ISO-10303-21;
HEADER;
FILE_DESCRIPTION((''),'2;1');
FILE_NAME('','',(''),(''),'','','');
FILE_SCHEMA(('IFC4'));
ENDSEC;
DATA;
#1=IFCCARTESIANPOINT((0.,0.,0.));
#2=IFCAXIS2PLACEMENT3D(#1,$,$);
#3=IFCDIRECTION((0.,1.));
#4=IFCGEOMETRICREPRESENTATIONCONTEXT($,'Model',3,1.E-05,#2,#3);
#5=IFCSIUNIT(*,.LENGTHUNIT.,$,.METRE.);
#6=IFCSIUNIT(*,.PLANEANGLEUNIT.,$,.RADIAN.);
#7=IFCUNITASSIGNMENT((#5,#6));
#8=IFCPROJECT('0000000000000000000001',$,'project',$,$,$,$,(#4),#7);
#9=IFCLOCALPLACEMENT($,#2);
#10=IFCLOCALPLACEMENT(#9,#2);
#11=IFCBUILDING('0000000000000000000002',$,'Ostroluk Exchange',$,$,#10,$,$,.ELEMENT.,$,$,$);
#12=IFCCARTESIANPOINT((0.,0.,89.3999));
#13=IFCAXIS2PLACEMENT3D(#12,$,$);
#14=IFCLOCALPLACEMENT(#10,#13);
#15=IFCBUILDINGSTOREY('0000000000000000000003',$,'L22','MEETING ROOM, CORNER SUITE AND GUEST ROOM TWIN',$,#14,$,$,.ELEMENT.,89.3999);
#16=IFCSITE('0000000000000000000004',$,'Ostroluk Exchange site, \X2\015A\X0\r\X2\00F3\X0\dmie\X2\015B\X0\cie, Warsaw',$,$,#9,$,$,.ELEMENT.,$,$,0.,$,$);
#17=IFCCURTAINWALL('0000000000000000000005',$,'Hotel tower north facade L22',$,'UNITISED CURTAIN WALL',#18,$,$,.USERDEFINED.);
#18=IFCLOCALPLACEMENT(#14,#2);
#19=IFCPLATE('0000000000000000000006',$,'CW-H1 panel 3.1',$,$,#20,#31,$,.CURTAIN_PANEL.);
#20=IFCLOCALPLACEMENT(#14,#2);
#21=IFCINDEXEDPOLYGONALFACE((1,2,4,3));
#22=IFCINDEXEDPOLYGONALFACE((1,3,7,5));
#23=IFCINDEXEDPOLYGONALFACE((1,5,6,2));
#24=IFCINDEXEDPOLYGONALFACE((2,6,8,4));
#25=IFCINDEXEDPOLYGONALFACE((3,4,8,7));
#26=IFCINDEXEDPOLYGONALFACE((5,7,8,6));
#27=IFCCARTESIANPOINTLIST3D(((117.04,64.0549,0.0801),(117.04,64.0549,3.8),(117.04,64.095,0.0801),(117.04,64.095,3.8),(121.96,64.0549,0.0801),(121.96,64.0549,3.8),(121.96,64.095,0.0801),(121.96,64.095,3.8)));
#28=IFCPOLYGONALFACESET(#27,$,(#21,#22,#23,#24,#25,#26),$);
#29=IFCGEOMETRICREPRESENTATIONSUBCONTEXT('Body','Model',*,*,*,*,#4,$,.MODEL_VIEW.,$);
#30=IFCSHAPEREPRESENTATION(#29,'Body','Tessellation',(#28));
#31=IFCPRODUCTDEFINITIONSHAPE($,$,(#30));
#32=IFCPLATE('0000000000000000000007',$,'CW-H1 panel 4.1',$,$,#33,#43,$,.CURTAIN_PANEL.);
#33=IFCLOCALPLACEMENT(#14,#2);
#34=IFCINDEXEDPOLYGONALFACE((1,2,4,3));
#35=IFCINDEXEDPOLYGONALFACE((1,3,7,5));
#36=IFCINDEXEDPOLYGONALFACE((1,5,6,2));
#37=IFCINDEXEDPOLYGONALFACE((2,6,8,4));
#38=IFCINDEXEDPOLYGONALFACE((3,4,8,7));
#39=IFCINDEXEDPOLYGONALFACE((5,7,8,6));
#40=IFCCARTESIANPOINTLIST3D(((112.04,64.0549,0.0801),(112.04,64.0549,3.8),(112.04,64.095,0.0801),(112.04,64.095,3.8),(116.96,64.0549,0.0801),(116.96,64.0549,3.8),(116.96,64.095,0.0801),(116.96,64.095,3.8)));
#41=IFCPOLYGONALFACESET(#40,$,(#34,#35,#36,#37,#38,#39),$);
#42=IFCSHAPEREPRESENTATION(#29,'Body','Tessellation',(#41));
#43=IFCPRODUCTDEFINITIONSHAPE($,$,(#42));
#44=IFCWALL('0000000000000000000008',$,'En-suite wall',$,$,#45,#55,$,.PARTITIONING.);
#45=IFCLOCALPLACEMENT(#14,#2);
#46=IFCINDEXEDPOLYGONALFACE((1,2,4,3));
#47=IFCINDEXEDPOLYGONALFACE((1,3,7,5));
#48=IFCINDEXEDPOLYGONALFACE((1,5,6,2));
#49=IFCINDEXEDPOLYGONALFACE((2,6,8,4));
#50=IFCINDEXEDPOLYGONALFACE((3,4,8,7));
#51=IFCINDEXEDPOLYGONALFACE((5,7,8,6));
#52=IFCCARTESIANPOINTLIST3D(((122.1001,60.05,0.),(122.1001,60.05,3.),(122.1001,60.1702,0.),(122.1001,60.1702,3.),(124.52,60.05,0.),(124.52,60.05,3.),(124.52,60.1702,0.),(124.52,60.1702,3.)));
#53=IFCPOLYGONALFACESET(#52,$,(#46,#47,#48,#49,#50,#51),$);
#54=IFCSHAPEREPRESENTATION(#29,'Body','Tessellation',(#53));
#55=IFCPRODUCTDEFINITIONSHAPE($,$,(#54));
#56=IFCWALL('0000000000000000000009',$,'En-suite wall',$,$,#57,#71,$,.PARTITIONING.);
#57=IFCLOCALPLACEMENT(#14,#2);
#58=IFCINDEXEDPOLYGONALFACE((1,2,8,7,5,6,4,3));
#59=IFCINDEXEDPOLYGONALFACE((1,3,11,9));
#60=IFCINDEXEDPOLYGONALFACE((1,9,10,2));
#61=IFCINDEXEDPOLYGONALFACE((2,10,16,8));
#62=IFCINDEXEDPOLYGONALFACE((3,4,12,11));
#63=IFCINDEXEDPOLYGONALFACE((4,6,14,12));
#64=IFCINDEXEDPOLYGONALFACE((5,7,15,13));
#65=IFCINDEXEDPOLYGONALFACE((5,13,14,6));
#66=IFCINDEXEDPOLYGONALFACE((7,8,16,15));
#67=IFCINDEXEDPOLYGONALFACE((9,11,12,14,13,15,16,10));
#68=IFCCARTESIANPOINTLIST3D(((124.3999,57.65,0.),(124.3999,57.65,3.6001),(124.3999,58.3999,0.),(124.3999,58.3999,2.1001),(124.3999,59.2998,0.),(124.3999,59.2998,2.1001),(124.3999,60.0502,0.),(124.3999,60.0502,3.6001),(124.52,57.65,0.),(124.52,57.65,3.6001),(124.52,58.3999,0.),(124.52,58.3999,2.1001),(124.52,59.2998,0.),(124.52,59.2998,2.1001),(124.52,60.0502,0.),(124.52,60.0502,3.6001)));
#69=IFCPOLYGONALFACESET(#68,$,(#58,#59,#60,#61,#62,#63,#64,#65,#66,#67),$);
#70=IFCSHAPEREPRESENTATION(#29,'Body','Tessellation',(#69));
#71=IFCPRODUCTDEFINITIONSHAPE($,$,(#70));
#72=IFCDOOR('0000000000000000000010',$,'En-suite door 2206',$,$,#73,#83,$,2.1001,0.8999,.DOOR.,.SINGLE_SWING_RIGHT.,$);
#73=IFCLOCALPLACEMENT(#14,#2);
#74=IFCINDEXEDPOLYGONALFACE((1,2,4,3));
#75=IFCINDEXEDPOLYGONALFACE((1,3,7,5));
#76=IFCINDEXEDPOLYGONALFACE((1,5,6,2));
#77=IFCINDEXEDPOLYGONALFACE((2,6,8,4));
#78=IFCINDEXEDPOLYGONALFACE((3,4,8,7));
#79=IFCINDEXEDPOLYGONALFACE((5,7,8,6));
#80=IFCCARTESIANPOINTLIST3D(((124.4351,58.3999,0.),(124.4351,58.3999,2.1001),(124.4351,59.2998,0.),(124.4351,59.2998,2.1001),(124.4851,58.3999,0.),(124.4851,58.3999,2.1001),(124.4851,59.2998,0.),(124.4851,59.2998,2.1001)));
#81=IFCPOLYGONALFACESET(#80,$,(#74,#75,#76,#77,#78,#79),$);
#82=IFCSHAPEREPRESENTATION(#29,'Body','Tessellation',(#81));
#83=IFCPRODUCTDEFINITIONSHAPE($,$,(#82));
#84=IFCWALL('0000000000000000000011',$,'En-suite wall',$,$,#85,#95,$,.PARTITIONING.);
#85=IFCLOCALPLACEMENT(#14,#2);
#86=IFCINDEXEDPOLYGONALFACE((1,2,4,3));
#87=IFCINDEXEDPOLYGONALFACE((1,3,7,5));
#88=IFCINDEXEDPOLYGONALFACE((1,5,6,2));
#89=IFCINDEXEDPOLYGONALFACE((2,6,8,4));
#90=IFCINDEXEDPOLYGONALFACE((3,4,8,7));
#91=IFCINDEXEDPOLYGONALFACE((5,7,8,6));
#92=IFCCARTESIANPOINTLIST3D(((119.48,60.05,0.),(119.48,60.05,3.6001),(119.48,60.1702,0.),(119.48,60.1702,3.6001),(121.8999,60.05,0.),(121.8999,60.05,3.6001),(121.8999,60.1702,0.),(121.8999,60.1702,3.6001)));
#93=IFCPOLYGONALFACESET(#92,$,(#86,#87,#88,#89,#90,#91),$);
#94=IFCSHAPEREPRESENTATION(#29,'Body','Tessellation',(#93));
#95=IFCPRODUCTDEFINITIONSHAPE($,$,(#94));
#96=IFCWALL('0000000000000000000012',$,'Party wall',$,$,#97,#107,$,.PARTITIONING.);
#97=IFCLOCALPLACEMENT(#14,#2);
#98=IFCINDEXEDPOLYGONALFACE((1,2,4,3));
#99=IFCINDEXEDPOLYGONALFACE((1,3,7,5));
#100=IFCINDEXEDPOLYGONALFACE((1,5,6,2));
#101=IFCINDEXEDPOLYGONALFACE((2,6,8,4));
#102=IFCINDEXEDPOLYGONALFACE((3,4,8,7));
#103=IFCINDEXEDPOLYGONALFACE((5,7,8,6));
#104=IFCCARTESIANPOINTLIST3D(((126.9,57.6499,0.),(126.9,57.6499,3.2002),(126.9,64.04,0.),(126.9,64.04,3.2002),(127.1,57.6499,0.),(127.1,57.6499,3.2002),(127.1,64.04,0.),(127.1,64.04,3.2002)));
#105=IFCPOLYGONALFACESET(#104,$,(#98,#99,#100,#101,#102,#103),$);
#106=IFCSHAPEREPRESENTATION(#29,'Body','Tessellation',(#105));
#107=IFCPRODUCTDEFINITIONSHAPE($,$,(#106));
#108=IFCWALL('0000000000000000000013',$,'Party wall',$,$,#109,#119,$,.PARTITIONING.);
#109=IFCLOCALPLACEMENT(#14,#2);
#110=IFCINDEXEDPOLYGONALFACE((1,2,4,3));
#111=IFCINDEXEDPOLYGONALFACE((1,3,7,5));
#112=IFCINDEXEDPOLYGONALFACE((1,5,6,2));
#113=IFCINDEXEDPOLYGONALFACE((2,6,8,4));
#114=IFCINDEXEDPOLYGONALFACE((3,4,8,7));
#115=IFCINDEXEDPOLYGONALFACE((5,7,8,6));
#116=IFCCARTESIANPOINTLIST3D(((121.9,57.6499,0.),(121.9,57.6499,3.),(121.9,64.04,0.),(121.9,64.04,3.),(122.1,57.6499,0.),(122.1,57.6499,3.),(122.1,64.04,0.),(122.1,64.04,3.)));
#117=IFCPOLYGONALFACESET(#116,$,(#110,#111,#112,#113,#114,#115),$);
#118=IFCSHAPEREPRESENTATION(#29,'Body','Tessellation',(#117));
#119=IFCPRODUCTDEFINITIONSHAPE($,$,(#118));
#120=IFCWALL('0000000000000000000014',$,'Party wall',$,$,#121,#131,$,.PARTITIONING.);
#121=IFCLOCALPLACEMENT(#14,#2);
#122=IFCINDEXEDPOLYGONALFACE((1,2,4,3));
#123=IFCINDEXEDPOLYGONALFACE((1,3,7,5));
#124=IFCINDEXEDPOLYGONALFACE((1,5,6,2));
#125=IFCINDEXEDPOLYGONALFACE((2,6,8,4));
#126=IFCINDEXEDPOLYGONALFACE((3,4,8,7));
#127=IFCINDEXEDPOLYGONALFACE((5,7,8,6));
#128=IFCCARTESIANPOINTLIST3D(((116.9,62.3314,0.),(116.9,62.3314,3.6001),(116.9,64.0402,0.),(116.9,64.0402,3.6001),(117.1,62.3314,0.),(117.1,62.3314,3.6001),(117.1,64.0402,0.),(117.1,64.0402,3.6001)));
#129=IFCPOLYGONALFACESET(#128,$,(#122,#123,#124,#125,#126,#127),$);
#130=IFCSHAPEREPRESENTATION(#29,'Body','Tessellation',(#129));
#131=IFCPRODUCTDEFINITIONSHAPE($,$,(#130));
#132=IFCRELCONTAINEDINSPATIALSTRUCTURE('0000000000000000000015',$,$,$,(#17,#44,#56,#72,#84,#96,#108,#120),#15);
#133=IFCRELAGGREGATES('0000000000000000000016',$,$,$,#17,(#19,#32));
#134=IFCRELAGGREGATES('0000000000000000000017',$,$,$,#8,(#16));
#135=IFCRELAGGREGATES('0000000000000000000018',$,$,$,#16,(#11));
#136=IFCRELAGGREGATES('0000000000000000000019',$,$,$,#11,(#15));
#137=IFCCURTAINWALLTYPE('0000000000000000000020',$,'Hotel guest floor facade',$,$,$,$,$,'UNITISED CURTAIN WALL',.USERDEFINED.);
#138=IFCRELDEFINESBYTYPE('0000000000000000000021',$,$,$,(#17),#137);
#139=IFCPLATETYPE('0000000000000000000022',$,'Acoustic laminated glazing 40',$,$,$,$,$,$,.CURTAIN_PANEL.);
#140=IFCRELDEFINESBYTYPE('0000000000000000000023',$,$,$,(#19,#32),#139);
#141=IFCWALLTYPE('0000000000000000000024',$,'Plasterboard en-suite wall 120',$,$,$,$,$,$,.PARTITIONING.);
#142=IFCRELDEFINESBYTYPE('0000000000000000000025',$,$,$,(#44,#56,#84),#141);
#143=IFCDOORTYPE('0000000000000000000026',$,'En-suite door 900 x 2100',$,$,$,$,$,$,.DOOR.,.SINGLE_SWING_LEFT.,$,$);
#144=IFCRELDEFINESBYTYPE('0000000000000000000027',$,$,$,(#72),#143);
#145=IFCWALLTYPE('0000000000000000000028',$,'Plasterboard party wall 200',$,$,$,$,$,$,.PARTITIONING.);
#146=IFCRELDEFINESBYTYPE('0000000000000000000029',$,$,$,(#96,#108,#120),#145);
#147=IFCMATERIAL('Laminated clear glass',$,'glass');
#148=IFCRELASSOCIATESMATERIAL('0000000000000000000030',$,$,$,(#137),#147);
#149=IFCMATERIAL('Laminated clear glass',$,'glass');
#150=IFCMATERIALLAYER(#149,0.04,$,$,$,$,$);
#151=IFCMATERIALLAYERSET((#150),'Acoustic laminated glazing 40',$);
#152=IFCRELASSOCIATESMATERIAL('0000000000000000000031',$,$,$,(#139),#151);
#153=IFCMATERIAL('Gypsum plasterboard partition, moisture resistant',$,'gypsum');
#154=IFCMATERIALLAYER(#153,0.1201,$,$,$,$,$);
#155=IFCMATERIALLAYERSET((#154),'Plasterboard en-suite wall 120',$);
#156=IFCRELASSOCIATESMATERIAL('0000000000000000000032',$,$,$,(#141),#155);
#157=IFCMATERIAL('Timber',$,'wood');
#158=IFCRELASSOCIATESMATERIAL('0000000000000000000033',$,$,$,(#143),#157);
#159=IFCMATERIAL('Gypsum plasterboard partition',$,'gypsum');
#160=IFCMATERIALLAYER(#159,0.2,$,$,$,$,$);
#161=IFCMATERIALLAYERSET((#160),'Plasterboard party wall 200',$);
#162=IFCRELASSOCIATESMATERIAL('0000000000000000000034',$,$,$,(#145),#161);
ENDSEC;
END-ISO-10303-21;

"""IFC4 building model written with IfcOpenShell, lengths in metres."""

from ifc_helpers import new_model, si_unit, direction, frame, frame_2d, origin, origin_2d, place, context, subcontext, project, spatial, rectangle, extrude, material, layer, layer_set, type_object, element, fill, aggregate, save


model = new_model("IFC4")

# Units and contexts
model_context = context("Model", 3, precision=1e-05, world=origin(), true_north=direction((0.0, 1.0)))
body_context = subcontext(model_context, "Body", "Model", "MODEL_VIEW")
ifc_project = project(units=[si_unit("LENGTHUNIT", "METRE"), si_unit("PLANEANGLEUNIT", "RADIAN")], contexts=[model_context])

# Site, building, storey
site_placement = place(None, origin())
site = spatial("IfcSite", under=ifc_project, at=site_placement, Name="Ostroluk Exchange site, Śródmieście, Warsaw", CompositionType="ELEMENT", RefElevation=0.0)
building_placement = place(site_placement, origin())
building = spatial("IfcBuilding", under=site, at=building_placement, Name="Ostroluk Exchange", CompositionType="ELEMENT")
storey_placement = place(building_placement, frame((0.0, 0.0, 89.3999)))
storey = spatial("IfcBuildingStorey", under=building, at=storey_placement, Name="L22", Description="MEETING ROOM, CORNER SUITE AND GUEST ROOM TWIN", CompositionType="ELEMENT", Elevation=89.3999)

# Curtain wall, plates
ifc_material_1 = material(Name="Laminated clear glass", Category="glass")
curtain_wall_type = type_object("IfcCurtainWallType", Name="Hotel guest floor facade", ElementType="UNITISED CURTAIN WALL", PredefinedType="USERDEFINED", material=ifc_material_1)
curtain_wall_placement = place(storey_placement, origin())
curtain_wall = element("IfcCurtainWall", 1, at=curtain_wall_placement, inside=storey, type_object=curtain_wall_type, Name="Hotel tower north facade L22", ObjectType="UNITISED CURTAIN WALL", PredefinedType="USERDEFINED")
ifc_material_2 = material(Name="Laminated clear glass", Category="glass")
ifc_layer_1 = layer(ifc_material_2, 0.04)
ifc_layer_set_1 = layer_set([ifc_layer_1], Name="Acoustic laminated glazing 40")
plate_type = type_object("IfcPlateType", Name="Acoustic laminated glazing 40", PredefinedType="CURTAIN_PANEL", material=ifc_layer_set_1)
plate_1_placement = place(storey_placement, frame((119.5, 64.075, 0.0801), z_axis=(0.0, 0.0, 1.0), x_axis=(-1.0, 0.0, 0.0)))
plate_1 = element("IfcPlate", 2, at=plate_1_placement, type_object=plate_type, Name="CW-H1 panel 3.1", PredefinedType="CURTAIN_PANEL", context=body_context, shape_type="SweptSolid", body=[
    extrude(rectangle(XDim=4.9199, YDim=0.04, at=origin_2d()), origin(), (0.0, 0.0, 1.0), 3.72),
])
plate_2_placement = place(storey_placement, frame((114.5, 64.075, 0.0801), z_axis=(0.0, 0.0, 1.0), x_axis=(-1.0, 0.0, 0.0)))
plate_2 = element("IfcPlate", 3, at=plate_2_placement, type_object=plate_type, Name="CW-H1 panel 4.1", PredefinedType="CURTAIN_PANEL", context=body_context, shape_type="SweptSolid", body=[
    extrude(rectangle(XDim=4.9199, YDim=0.04, at=origin_2d()), origin(), (0.0, 0.0, 1.0), 3.72),
])
aggregate(curtain_wall, [plate_1, plate_2])

# Wall
ifc_material_3 = material(Name="Gypsum plasterboard partition, moisture resistant", Category="gypsum")
ifc_layer_2 = layer(ifc_material_3, 0.1201)
ifc_layer_set_2 = layer_set([ifc_layer_2], Name="Plasterboard en-suite wall 120")
wall_type_1 = type_object("IfcWallType", Name="Plasterboard en-suite wall 120", PredefinedType="PARTITIONING", material=ifc_layer_set_2)
wall_1_placement = place(storey_placement, frame((124.52, 60.1101, 0.0), z_axis=(0.0, 0.0, 1.0), x_axis=(-1.0, 0.0, 0.0)))
element("IfcWall", 4, at=wall_1_placement, inside=storey, type_object=wall_type_1, Name="En-suite wall", PredefinedType="PARTITIONING", context=body_context, shape_type="SweptSolid", body=[
    extrude(rectangle(XDim=2.4199, YDim=0.1201, at=frame_2d((1.21, 0.0))), origin(), (0.0, 0.0, 1.0), 3.0),
])

# Wall, opening, door
wall_2_placement = place(storey_placement, frame((124.46, 57.6499, 0.0), z_axis=(0.0, 0.0, 1.0), x_axis=(0.0, 1.0, 0.0)))
wall_2 = element("IfcWall", 5, at=wall_2_placement, inside=storey, type_object=wall_type_1, Name="En-suite wall", PredefinedType="PARTITIONING", context=body_context, shape_type="SweptSolid", body=[
    extrude(rectangle(XDim=2.4001, YDim=0.1201, at=frame_2d((1.2002, 0.0))), origin(), (0.0, 0.0, 1.0), 3.6001),
])
opening_placement = place(wall_2_placement, frame((0.75, 0.0, 0.0)))
opening = element("IfcOpeningElement", 6, at=opening_placement, cuts=wall_2, PredefinedType="OPENING", context=body_context, shape_type="SweptSolid", body=[
    extrude(rectangle(XDim=0.8999, YDim=2.1001, at=frame_2d((0.45, 1.05))), frame((0.0, 0.0701, 0.0), z_axis=(0.0, -1.0, 0.0), x_axis=(1.0, 0.0, 0.0)), (0.0, 0.0, 1.0), 0.1401),
])
ifc_material_4 = material(Name="Timber", Category="wood")
door_type = type_object("IfcDoorType", Name="En-suite door 900 x 2100", OperationType="SINGLE_SWING_LEFT", PredefinedType="DOOR", material=ifc_material_4)
door_placement = place(opening_placement, origin())
door = element("IfcDoor", 7, at=door_placement, inside=storey, type_object=door_type, Name="En-suite door 2206", OperationType="SINGLE_SWING_RIGHT", OverallHeight=2.1001, OverallWidth=0.8999, PredefinedType="DOOR", context=body_context, shape_type="SweptSolid", body=[
    extrude(rectangle(XDim=0.8999, YDim=2.1001, at=frame_2d((0.45, 1.05))), frame((0.0, 0.0249, 0.0), z_axis=(0.0, -1.0, 0.0), x_axis=(1.0, 0.0, 0.0)), (0.0, 0.0, 1.0), 0.05),
])
fill(opening, door)

# Walls
wall_3_placement = place(storey_placement, frame((121.8999, 60.1101, 0.0), z_axis=(0.0, 0.0, 1.0), x_axis=(-1.0, 0.0, 0.0)))
element("IfcWall", 8, at=wall_3_placement, inside=storey, type_object=wall_type_1, Name="En-suite wall", PredefinedType="PARTITIONING", context=body_context, shape_type="SweptSolid", body=[
    extrude(rectangle(XDim=2.4199, YDim=0.1201, at=frame_2d((1.21, 0.0))), origin(), (0.0, 0.0, 1.0), 3.6001),
])
ifc_material_5 = material(Name="Gypsum plasterboard partition", Category="gypsum")
ifc_layer_3 = layer(ifc_material_5, 0.2)
ifc_layer_set_3 = layer_set([ifc_layer_3], Name="Plasterboard party wall 200")
wall_type_2 = type_object("IfcWallType", Name="Plasterboard party wall 200", PredefinedType="PARTITIONING", material=ifc_layer_set_3)
wall_4_placement = place(storey_placement, frame((127.0, 57.6499, 0.0), z_axis=(0.0, 0.0, 1.0), x_axis=(0.0, 1.0, 0.0)))
element("IfcWall", 9, at=wall_4_placement, inside=storey, type_object=wall_type_2, Name="Party wall", PredefinedType="PARTITIONING", context=body_context, shape_type="SweptSolid", body=[
    extrude(rectangle(XDim=6.3901, YDim=0.2, at=frame_2d((3.1951, 0.0))), origin(), (0.0, 0.0, 1.0), 3.2002),
])
wall_5_placement = place(storey_placement, frame((122.0, 57.6499, 0.0), z_axis=(0.0, 0.0, 1.0), x_axis=(0.0, 1.0, 0.0)))
element("IfcWall", 10, at=wall_5_placement, inside=storey, type_object=wall_type_2, Name="Party wall", PredefinedType="PARTITIONING", context=body_context, shape_type="SweptSolid", body=[
    extrude(rectangle(XDim=6.3901, YDim=0.2, at=frame_2d((3.1951, 0.0))), origin(), (0.0, 0.0, 1.0), 3.0),
])
wall_6_placement = place(storey_placement, frame((117.0, 62.3313, 0.0), z_axis=(0.0, 0.0, 1.0), x_axis=(0.0, 1.0, 0.0)))
element("IfcWall", 11, at=wall_6_placement, inside=storey, type_object=wall_type_2, Name="Party wall", PredefinedType="PARTITIONING", context=body_context, shape_type="SweptSolid", body=[
    extrude(rectangle(XDim=1.7087, YDim=0.2, at=frame_2d((0.8545, 0.0))), origin(), (0.0, 0.0, 1.0), 3.6001),
])

save(model, "model.ifc")
